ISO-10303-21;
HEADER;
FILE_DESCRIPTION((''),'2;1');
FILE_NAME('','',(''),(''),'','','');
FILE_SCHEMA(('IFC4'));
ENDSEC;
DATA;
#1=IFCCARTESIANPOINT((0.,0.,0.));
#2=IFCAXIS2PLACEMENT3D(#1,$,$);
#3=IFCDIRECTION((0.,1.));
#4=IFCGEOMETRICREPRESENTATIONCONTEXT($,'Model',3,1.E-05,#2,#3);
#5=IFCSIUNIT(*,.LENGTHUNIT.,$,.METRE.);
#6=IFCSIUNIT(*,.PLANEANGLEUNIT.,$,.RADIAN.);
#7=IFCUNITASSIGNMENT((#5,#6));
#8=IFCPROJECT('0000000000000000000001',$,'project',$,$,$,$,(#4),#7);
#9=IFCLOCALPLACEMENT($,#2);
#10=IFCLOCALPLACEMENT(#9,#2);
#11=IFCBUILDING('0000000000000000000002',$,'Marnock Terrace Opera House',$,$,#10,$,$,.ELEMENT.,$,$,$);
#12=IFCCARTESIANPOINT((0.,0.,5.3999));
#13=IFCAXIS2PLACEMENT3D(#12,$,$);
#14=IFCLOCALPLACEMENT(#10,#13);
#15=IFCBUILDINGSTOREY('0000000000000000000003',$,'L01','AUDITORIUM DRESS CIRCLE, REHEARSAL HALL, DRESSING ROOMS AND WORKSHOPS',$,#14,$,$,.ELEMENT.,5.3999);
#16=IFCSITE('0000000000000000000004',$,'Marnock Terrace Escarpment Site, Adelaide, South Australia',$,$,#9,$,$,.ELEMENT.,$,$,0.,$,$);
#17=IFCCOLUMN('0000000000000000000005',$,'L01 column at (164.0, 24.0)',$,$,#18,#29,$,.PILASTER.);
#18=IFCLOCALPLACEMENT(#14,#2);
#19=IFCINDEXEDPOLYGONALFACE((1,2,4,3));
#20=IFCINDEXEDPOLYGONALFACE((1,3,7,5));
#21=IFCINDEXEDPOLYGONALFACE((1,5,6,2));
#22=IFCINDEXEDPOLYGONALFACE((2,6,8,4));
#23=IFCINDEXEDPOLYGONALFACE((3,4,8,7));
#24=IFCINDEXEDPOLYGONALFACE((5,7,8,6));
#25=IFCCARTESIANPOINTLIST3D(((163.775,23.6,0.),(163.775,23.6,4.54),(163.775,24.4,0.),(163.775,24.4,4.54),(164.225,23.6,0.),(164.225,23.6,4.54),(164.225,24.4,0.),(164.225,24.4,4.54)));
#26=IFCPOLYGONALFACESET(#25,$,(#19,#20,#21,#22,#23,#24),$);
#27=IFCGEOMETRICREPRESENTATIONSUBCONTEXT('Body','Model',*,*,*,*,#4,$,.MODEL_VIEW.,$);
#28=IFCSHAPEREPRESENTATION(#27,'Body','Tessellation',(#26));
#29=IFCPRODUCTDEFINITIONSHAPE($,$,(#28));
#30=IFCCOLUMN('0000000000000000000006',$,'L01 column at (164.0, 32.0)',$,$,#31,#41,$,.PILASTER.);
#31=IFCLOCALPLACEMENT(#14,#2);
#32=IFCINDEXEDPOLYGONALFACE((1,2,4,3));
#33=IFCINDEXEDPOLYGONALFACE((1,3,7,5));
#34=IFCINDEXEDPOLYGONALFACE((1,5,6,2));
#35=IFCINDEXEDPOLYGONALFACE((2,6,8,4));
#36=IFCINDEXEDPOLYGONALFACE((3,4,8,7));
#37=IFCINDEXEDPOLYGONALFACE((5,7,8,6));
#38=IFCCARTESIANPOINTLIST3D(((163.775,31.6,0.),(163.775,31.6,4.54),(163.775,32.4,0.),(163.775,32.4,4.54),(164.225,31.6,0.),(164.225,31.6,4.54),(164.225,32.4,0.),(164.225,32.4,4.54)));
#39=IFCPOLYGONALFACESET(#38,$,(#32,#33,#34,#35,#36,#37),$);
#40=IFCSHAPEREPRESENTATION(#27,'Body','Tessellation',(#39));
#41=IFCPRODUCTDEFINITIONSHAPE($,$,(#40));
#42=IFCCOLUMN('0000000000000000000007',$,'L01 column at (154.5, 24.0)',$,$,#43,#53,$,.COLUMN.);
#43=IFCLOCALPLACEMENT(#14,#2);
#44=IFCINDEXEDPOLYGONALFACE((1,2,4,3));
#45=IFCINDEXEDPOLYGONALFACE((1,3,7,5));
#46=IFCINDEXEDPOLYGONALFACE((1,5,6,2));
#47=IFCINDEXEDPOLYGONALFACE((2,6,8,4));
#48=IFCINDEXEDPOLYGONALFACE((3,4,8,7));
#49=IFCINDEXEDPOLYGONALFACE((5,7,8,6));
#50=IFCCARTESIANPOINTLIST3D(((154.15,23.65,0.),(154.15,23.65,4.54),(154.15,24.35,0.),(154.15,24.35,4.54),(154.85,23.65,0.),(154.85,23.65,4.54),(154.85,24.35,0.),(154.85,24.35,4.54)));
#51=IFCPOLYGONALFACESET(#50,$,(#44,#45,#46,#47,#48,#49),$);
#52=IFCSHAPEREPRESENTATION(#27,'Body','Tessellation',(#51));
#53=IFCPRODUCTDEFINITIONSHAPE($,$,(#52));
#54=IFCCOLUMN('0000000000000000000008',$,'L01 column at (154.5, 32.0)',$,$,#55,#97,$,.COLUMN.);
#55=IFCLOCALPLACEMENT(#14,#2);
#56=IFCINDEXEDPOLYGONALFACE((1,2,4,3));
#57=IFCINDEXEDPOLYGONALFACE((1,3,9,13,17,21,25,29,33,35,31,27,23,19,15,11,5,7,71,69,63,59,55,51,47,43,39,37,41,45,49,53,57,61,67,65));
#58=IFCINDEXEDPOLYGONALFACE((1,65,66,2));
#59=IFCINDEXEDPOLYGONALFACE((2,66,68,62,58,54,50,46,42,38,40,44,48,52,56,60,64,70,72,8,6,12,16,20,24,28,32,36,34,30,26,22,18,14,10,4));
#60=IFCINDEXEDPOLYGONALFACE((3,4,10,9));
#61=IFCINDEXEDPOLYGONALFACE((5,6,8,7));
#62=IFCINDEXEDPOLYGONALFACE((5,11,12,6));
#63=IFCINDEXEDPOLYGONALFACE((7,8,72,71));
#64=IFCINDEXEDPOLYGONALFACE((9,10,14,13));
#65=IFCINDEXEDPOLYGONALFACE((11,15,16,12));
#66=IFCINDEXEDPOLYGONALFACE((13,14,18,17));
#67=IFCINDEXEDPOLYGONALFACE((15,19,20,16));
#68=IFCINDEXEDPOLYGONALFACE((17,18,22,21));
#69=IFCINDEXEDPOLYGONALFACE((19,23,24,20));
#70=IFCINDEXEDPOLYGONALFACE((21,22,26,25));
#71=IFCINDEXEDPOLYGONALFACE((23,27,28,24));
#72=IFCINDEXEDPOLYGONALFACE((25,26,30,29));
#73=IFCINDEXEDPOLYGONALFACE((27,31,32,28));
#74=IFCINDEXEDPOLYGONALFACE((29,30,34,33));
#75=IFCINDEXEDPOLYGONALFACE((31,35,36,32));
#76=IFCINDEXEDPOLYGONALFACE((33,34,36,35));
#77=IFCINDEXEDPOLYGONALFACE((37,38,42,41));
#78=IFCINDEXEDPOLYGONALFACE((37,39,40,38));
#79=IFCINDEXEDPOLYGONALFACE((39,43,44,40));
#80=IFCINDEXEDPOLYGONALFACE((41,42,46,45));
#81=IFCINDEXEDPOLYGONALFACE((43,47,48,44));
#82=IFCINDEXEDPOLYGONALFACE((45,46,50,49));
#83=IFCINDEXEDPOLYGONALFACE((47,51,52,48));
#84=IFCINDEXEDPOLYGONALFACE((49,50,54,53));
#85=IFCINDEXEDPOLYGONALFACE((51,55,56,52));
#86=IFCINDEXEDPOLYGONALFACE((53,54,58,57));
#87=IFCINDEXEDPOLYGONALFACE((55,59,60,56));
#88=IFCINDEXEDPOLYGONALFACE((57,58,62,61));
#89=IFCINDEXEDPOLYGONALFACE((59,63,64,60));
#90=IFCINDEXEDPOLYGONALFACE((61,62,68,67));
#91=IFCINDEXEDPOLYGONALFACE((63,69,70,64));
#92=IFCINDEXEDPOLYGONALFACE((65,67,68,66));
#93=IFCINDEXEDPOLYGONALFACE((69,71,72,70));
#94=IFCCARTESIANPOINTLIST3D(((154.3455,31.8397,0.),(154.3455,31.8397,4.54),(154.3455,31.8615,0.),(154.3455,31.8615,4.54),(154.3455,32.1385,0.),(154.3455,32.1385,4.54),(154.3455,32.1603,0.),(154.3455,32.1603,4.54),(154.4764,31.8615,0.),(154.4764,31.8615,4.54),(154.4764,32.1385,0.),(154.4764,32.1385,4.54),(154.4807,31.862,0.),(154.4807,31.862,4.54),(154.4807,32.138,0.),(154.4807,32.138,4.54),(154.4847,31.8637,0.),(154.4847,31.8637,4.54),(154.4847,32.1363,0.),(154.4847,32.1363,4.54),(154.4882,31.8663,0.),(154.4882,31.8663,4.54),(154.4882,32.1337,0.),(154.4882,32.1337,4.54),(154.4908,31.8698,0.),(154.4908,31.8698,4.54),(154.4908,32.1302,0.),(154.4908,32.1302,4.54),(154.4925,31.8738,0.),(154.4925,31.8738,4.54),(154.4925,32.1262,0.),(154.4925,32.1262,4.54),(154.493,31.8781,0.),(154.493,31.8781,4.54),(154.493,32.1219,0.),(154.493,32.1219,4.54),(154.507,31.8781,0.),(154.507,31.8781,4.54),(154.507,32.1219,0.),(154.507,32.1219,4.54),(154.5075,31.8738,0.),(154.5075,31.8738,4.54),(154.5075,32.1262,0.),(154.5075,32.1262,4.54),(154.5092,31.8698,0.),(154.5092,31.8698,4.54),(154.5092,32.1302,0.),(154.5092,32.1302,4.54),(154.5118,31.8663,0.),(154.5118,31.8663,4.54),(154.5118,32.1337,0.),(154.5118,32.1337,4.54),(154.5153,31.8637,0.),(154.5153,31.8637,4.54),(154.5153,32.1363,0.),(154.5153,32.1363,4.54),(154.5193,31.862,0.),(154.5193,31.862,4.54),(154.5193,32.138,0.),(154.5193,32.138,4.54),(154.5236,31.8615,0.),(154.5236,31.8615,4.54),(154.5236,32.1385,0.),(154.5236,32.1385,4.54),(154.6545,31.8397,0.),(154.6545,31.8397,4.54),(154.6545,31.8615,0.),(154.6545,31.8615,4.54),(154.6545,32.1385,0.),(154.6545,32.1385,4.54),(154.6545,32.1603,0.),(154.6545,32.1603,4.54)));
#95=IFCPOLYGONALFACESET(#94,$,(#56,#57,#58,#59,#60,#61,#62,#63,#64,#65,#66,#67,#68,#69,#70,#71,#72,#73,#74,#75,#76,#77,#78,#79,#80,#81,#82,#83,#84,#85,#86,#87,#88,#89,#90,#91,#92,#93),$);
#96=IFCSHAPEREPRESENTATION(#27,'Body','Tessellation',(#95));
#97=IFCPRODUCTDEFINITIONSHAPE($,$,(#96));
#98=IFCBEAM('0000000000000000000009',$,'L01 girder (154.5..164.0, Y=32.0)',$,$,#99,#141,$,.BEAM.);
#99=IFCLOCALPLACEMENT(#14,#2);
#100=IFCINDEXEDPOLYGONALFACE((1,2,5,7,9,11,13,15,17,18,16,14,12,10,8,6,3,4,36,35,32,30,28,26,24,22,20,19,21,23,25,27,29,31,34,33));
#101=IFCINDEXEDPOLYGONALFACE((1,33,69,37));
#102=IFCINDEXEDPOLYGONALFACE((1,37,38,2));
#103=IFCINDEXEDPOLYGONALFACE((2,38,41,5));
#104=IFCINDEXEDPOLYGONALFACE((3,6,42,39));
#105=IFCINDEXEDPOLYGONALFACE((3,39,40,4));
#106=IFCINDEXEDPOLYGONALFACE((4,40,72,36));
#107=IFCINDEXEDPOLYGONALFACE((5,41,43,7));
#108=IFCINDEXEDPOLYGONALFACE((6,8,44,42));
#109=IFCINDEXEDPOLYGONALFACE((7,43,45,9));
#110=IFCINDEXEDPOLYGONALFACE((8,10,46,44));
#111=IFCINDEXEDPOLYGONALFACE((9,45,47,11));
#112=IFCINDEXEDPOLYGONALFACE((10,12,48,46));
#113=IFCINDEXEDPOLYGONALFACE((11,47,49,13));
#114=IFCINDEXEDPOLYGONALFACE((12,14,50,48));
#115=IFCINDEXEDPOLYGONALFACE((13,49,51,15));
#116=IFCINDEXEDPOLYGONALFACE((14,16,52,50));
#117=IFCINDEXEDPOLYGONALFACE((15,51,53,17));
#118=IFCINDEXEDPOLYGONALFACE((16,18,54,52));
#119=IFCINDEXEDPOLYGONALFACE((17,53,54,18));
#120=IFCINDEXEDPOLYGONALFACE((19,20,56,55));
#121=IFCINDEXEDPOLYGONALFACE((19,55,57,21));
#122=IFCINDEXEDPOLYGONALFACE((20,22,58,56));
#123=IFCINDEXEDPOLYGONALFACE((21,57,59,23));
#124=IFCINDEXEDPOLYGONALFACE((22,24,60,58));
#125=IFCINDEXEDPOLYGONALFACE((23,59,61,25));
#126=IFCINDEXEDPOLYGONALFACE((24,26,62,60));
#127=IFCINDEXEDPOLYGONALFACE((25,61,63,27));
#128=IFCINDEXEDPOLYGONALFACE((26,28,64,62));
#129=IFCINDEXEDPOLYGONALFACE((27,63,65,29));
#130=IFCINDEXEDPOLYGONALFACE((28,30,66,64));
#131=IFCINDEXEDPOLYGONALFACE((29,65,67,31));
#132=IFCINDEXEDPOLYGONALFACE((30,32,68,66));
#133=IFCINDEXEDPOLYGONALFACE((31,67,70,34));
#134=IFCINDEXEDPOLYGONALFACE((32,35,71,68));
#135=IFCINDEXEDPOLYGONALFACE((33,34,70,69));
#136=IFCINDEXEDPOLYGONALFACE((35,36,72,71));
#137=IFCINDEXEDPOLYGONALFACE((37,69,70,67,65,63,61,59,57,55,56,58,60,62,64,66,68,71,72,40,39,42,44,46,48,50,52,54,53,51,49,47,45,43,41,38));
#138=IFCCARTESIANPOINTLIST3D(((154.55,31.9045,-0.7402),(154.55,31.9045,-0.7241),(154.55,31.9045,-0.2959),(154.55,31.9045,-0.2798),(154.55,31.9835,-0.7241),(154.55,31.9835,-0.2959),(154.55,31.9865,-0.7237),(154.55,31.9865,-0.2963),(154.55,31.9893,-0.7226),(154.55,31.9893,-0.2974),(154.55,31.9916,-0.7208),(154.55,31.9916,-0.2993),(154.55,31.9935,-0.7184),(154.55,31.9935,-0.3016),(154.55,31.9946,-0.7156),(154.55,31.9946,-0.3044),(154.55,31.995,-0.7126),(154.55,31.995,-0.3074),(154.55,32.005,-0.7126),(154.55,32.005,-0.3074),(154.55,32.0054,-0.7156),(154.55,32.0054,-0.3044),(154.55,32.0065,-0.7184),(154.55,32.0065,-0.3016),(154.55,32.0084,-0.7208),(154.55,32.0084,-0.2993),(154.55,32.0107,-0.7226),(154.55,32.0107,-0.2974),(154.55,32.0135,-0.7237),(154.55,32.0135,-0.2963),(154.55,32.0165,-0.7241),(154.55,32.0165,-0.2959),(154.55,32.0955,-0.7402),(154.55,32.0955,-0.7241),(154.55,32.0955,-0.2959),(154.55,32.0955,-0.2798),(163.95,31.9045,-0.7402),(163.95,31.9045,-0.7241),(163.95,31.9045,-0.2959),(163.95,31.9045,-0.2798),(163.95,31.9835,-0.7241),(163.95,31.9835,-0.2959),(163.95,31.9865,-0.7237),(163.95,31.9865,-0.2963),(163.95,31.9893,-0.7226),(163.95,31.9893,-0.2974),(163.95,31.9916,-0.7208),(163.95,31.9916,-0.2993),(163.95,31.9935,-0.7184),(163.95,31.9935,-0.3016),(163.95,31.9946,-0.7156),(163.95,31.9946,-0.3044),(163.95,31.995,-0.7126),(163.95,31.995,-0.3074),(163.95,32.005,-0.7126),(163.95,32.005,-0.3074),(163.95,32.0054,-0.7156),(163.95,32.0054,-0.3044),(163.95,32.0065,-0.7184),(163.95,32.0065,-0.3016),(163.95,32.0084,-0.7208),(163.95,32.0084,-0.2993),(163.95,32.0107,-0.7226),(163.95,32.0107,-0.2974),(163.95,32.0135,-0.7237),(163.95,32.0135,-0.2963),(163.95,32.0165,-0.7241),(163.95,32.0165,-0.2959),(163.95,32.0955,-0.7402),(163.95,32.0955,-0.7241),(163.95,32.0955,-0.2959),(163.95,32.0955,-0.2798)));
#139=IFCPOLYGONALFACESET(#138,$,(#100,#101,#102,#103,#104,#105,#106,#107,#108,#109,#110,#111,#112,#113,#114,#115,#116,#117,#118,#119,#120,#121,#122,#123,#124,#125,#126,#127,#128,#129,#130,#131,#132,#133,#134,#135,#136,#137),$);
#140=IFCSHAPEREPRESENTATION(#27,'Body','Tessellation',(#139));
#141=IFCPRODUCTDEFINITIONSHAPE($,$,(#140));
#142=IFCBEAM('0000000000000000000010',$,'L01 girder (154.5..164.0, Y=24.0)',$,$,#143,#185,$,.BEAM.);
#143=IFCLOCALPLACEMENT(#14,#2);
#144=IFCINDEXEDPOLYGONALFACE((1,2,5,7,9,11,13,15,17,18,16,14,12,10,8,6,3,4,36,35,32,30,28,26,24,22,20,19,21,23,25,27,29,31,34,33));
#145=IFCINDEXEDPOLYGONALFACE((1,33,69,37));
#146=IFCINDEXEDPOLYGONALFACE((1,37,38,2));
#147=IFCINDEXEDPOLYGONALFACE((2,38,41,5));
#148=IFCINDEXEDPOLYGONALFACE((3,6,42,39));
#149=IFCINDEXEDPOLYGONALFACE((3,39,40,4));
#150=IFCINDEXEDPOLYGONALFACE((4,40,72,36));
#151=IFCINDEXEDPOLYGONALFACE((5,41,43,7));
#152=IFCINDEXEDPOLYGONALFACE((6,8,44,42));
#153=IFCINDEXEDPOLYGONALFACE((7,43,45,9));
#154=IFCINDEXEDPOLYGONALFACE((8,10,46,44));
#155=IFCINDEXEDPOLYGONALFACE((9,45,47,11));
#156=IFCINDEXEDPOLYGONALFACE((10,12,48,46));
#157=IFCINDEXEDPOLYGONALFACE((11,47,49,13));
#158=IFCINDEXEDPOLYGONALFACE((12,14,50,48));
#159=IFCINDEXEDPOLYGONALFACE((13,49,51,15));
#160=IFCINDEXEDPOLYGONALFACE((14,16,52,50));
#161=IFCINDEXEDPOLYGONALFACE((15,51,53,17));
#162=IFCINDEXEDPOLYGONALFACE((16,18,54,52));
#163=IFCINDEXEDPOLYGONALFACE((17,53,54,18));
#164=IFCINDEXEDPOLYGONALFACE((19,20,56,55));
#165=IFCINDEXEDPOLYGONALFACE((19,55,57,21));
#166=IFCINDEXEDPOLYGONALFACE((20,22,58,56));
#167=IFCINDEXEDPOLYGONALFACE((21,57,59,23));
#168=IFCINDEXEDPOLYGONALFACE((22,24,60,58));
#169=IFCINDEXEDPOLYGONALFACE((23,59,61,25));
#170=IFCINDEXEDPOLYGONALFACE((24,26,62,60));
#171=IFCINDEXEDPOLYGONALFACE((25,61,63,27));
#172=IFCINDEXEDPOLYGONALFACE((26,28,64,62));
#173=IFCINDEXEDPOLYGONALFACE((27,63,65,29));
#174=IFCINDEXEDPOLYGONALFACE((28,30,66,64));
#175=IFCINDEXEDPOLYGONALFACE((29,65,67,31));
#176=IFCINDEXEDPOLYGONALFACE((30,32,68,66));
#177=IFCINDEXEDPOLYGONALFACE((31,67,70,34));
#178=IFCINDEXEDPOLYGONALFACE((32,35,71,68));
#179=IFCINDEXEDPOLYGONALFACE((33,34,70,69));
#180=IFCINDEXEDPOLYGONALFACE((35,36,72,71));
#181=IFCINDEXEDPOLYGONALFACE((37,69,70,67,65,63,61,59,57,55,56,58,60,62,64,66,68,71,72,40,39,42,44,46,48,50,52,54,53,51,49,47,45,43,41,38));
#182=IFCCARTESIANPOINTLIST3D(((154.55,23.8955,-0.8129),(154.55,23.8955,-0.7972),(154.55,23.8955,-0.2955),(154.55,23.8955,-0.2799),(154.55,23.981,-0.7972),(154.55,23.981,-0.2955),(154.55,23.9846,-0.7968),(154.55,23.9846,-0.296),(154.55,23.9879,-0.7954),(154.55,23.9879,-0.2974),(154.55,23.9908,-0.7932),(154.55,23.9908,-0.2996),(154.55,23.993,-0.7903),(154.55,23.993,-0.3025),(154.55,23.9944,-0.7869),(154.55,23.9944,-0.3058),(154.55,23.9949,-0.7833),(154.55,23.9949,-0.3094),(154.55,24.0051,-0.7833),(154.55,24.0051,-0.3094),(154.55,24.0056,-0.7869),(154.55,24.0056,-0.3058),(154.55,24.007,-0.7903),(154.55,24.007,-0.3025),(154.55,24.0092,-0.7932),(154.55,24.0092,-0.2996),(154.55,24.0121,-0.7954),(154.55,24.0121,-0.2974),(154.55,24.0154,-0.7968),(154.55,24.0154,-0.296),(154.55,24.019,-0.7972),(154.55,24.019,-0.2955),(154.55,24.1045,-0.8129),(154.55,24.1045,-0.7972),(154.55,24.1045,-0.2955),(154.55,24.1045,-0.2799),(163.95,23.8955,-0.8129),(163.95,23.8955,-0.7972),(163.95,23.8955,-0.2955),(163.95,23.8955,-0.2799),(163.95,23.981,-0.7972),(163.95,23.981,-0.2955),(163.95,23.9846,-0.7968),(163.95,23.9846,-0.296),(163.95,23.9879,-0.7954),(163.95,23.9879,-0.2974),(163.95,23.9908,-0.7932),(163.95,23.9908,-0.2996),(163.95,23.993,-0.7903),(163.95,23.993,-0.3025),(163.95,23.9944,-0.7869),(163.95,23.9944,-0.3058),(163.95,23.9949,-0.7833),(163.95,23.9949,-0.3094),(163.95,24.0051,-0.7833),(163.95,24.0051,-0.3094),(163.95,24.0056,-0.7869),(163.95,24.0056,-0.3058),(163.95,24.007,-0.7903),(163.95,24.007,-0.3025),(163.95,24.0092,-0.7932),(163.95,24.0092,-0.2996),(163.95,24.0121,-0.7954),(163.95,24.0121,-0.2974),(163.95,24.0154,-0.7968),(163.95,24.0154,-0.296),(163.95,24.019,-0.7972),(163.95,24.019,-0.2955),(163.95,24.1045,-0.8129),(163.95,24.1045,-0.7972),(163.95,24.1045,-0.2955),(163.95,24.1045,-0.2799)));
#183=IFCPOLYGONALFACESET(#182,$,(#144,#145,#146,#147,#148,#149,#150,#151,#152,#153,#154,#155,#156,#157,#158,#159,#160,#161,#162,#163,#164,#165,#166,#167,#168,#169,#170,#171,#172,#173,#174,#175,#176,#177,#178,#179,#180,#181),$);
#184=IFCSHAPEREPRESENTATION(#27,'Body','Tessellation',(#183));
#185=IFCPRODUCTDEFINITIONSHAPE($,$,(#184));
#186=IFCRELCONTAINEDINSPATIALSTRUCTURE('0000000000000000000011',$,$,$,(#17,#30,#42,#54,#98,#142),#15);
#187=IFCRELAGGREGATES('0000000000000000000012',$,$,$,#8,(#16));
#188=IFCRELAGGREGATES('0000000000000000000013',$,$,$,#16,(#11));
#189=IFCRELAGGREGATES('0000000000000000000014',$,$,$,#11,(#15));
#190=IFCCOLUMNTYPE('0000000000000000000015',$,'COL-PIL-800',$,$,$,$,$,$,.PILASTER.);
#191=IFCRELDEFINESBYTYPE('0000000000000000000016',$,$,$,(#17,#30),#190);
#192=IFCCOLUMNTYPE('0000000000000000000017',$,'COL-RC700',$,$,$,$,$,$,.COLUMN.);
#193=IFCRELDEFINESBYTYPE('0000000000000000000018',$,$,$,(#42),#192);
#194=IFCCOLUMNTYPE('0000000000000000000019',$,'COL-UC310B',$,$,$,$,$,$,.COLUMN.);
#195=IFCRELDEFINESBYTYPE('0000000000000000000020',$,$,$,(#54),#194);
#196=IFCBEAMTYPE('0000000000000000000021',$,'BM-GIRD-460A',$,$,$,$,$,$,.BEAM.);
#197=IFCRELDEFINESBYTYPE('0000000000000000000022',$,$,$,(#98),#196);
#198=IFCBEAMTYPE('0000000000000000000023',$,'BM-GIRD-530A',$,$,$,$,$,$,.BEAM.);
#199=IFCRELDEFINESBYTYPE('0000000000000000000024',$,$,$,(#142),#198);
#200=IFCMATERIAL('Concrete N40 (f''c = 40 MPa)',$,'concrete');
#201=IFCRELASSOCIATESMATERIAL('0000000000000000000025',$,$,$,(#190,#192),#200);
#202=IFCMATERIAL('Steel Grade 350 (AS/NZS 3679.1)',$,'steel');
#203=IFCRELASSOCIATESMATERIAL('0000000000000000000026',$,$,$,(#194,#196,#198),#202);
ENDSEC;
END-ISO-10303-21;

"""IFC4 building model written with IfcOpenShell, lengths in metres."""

from ifc_helpers import new_model, si_unit, direction, frame, origin, origin_2d, place, context, subcontext, project, spatial, rectangle, i_section, extrude, material, material_profile, profile_set, type_object, element, save


model = new_model("IFC4")

# Units and contexts
model_context = context("Model", 3, precision=1e-05, world=origin(), true_north=direction((0.0, 1.0)))
body_context = subcontext(model_context, "Body", "Model", "MODEL_VIEW")
ifc_project = project(units=[si_unit("LENGTHUNIT", "METRE"), si_unit("PLANEANGLEUNIT", "RADIAN")], contexts=[model_context])

# Site, building, storey
site_placement = place(None, origin())
site = spatial("IfcSite", under=ifc_project, at=site_placement, Name="Marnock Terrace Escarpment Site, Adelaide, South Australia", CompositionType="ELEMENT", RefElevation=0.0)
building_placement = place(site_placement, origin())
building = spatial("IfcBuilding", under=site, at=building_placement, Name="Marnock Terrace Opera House", CompositionType="ELEMENT")
storey_placement = place(building_placement, frame((0.0, 0.0, 5.3999)))
storey = spatial("IfcBuildingStorey", under=building, at=storey_placement, Name="L01", Description="AUDITORIUM DRESS CIRCLE, REHEARSAL HALL, DRESSING ROOMS AND WORKSHOPS", CompositionType="ELEMENT", Elevation=5.3999)

# Columns
ifc_material_1 = material(Name="Concrete N40 (f'c = 40 MPa)", Category="concrete")
ifc_material_profile_1 = material_profile(ifc_material_1, rectangle(XDim=0.45, YDim=0.8, at=origin_2d()))
ifc_profile_set_1 = profile_set([ifc_material_profile_1], Name="Concrete N40 (f'c = 40 MPa)")
column_type_1 = type_object("IfcColumnType", Name="COL-PIL-800", PredefinedType="PILASTER", material=ifc_profile_set_1)
for number, where, z_axis, x_axis, name in (
    (1, (164.0, 24.0, 0.0), (0.0, 0.0, 1.0), (1.0, 0.0, 0.0), "L01 column at (164.0, 24.0)"),
    (2, (164.0, 32.0, 0.0), (0.0, 0.0, 1.0), (1.0, 0.0, 0.0), "L01 column at (164.0, 32.0)"),
):
    element("IfcColumn", number, at=place(storey_placement, frame(where, z_axis=z_axis, x_axis=x_axis)), inside=storey, type_object=column_type_1, Name=name, PredefinedType="PILASTER", context=body_context, shape_type="SweptSolid", body=[
        extrude(rectangle(XDim=0.45, YDim=0.8, at=origin_2d()), origin(), (0.0, 0.0, 1.0), 4.54),
    ])
ifc_material_profile_2 = material_profile(ifc_material_1, rectangle(XDim=0.7, YDim=0.7, at=origin_2d()))
ifc_profile_set_2 = profile_set([ifc_material_profile_2], Name="Concrete N40 (f'c = 40 MPa)")
column_type_2 = type_object("IfcColumnType", Name="COL-RC700", PredefinedType="COLUMN", material=ifc_profile_set_2)
column_1_placement = place(storey_placement, frame((154.5, 24.0, 0.0), z_axis=(0.0, 0.0, 1.0), x_axis=(1.0, 0.0, 0.0)))
element("IfcColumn", 3, at=column_1_placement, inside=storey, type_object=column_type_2, Name="L01 column at (154.5, 24.0)", PredefinedType="COLUMN", context=body_context, shape_type="SweptSolid", body=[
    extrude(rectangle(XDim=0.7, YDim=0.7, at=origin_2d()), origin(), (0.0, 0.0, 1.0), 4.54),
])
ifc_material_2 = material(Name="Steel Grade 350 (AS/NZS 3679.1)", Category="steel")
ifc_material_profile_3 = material_profile(ifc_material_2, i_section(OverallWidth=0.3091, OverallDepth=0.3206, WebThickness=0.0139, FlangeThickness=0.0217, FilletRadius=0.0166, at=origin_2d()))
ifc_profile_set_3 = profile_set([ifc_material_profile_3], Name="Steel Grade 350 (AS/NZS 3679.1)")
column_type_3 = type_object("IfcColumnType", Name="COL-UC310B", PredefinedType="COLUMN", material=ifc_profile_set_3)
column_2_placement = place(storey_placement, frame((154.5, 32.0, 0.0), z_axis=(0.0, 0.0, 1.0), x_axis=(1.0, 0.0, 0.0)))
element("IfcColumn", 4, at=column_2_placement, inside=storey, type_object=column_type_3, Name="L01 column at (154.5, 32.0)", PredefinedType="COLUMN", context=body_context, shape_type="SweptSolid", body=[
    extrude(i_section(OverallWidth=0.3091, OverallDepth=0.3206, WebThickness=0.0139, FlangeThickness=0.0217, FilletRadius=0.0166, at=origin_2d()), origin(), (0.0, 0.0, 1.0), 4.54),
])

# Beams
ifc_material_profile_4 = material_profile(ifc_material_2, i_section(OverallWidth=0.1909, OverallDepth=0.4604, WebThickness=0.01, FlangeThickness=0.0161, FilletRadius=0.0115, at=origin_2d()))
ifc_profile_set_4 = profile_set([ifc_material_profile_4], Name="Steel Grade 350 (AS/NZS 3679.1)")
beam_type_1 = type_object("IfcBeamType", Name="BM-GIRD-460A", PredefinedType="BEAM", material=ifc_profile_set_4)
beam_1_placement = place(storey_placement, frame((154.55, 32.0, -0.51), z_axis=(1.0, 0.0, 0.0), x_axis=(0.0, 1.0, 0.0)))
element("IfcBeam", 5, at=beam_1_placement, inside=storey, type_object=beam_type_1, Name="L01 girder (154.5..164.0, Y=32.0)", PredefinedType="BEAM", context=body_context, shape_type="SweptSolid", body=[
    extrude(i_section(OverallWidth=0.1909, OverallDepth=0.4604, WebThickness=0.01, FlangeThickness=0.0161, FilletRadius=0.0115, at=origin_2d()), origin(), (0.0, 0.0, 1.0), 9.3999),
])
ifc_material_profile_5 = material_profile(ifc_material_2, i_section(OverallWidth=0.209, OverallDepth=0.533, WebThickness=0.0103, FlangeThickness=0.0156, FilletRadius=0.0139, at=origin_2d()))
ifc_profile_set_5 = profile_set([ifc_material_profile_5], Name="Steel Grade 350 (AS/NZS 3679.1)")
beam_type_2 = type_object("IfcBeamType", Name="BM-GIRD-530A", PredefinedType="BEAM", material=ifc_profile_set_5)
beam_2_placement = place(storey_placement, frame((154.55, 24.0, -0.5464), z_axis=(1.0, 0.0, 0.0), x_axis=(0.0, 1.0, 0.0)))
element("IfcBeam", 6, at=beam_2_placement, inside=storey, type_object=beam_type_2, Name="L01 girder (154.5..164.0, Y=24.0)", PredefinedType="BEAM", context=body_context, shape_type="SweptSolid", body=[
    extrude(i_section(OverallWidth=0.209, OverallDepth=0.533, WebThickness=0.0103, FlangeThickness=0.0156, FilletRadius=0.0139, at=origin_2d()), origin(), (0.0, 0.0, 1.0), 9.3999),
])

save(model, "model.ifc")
